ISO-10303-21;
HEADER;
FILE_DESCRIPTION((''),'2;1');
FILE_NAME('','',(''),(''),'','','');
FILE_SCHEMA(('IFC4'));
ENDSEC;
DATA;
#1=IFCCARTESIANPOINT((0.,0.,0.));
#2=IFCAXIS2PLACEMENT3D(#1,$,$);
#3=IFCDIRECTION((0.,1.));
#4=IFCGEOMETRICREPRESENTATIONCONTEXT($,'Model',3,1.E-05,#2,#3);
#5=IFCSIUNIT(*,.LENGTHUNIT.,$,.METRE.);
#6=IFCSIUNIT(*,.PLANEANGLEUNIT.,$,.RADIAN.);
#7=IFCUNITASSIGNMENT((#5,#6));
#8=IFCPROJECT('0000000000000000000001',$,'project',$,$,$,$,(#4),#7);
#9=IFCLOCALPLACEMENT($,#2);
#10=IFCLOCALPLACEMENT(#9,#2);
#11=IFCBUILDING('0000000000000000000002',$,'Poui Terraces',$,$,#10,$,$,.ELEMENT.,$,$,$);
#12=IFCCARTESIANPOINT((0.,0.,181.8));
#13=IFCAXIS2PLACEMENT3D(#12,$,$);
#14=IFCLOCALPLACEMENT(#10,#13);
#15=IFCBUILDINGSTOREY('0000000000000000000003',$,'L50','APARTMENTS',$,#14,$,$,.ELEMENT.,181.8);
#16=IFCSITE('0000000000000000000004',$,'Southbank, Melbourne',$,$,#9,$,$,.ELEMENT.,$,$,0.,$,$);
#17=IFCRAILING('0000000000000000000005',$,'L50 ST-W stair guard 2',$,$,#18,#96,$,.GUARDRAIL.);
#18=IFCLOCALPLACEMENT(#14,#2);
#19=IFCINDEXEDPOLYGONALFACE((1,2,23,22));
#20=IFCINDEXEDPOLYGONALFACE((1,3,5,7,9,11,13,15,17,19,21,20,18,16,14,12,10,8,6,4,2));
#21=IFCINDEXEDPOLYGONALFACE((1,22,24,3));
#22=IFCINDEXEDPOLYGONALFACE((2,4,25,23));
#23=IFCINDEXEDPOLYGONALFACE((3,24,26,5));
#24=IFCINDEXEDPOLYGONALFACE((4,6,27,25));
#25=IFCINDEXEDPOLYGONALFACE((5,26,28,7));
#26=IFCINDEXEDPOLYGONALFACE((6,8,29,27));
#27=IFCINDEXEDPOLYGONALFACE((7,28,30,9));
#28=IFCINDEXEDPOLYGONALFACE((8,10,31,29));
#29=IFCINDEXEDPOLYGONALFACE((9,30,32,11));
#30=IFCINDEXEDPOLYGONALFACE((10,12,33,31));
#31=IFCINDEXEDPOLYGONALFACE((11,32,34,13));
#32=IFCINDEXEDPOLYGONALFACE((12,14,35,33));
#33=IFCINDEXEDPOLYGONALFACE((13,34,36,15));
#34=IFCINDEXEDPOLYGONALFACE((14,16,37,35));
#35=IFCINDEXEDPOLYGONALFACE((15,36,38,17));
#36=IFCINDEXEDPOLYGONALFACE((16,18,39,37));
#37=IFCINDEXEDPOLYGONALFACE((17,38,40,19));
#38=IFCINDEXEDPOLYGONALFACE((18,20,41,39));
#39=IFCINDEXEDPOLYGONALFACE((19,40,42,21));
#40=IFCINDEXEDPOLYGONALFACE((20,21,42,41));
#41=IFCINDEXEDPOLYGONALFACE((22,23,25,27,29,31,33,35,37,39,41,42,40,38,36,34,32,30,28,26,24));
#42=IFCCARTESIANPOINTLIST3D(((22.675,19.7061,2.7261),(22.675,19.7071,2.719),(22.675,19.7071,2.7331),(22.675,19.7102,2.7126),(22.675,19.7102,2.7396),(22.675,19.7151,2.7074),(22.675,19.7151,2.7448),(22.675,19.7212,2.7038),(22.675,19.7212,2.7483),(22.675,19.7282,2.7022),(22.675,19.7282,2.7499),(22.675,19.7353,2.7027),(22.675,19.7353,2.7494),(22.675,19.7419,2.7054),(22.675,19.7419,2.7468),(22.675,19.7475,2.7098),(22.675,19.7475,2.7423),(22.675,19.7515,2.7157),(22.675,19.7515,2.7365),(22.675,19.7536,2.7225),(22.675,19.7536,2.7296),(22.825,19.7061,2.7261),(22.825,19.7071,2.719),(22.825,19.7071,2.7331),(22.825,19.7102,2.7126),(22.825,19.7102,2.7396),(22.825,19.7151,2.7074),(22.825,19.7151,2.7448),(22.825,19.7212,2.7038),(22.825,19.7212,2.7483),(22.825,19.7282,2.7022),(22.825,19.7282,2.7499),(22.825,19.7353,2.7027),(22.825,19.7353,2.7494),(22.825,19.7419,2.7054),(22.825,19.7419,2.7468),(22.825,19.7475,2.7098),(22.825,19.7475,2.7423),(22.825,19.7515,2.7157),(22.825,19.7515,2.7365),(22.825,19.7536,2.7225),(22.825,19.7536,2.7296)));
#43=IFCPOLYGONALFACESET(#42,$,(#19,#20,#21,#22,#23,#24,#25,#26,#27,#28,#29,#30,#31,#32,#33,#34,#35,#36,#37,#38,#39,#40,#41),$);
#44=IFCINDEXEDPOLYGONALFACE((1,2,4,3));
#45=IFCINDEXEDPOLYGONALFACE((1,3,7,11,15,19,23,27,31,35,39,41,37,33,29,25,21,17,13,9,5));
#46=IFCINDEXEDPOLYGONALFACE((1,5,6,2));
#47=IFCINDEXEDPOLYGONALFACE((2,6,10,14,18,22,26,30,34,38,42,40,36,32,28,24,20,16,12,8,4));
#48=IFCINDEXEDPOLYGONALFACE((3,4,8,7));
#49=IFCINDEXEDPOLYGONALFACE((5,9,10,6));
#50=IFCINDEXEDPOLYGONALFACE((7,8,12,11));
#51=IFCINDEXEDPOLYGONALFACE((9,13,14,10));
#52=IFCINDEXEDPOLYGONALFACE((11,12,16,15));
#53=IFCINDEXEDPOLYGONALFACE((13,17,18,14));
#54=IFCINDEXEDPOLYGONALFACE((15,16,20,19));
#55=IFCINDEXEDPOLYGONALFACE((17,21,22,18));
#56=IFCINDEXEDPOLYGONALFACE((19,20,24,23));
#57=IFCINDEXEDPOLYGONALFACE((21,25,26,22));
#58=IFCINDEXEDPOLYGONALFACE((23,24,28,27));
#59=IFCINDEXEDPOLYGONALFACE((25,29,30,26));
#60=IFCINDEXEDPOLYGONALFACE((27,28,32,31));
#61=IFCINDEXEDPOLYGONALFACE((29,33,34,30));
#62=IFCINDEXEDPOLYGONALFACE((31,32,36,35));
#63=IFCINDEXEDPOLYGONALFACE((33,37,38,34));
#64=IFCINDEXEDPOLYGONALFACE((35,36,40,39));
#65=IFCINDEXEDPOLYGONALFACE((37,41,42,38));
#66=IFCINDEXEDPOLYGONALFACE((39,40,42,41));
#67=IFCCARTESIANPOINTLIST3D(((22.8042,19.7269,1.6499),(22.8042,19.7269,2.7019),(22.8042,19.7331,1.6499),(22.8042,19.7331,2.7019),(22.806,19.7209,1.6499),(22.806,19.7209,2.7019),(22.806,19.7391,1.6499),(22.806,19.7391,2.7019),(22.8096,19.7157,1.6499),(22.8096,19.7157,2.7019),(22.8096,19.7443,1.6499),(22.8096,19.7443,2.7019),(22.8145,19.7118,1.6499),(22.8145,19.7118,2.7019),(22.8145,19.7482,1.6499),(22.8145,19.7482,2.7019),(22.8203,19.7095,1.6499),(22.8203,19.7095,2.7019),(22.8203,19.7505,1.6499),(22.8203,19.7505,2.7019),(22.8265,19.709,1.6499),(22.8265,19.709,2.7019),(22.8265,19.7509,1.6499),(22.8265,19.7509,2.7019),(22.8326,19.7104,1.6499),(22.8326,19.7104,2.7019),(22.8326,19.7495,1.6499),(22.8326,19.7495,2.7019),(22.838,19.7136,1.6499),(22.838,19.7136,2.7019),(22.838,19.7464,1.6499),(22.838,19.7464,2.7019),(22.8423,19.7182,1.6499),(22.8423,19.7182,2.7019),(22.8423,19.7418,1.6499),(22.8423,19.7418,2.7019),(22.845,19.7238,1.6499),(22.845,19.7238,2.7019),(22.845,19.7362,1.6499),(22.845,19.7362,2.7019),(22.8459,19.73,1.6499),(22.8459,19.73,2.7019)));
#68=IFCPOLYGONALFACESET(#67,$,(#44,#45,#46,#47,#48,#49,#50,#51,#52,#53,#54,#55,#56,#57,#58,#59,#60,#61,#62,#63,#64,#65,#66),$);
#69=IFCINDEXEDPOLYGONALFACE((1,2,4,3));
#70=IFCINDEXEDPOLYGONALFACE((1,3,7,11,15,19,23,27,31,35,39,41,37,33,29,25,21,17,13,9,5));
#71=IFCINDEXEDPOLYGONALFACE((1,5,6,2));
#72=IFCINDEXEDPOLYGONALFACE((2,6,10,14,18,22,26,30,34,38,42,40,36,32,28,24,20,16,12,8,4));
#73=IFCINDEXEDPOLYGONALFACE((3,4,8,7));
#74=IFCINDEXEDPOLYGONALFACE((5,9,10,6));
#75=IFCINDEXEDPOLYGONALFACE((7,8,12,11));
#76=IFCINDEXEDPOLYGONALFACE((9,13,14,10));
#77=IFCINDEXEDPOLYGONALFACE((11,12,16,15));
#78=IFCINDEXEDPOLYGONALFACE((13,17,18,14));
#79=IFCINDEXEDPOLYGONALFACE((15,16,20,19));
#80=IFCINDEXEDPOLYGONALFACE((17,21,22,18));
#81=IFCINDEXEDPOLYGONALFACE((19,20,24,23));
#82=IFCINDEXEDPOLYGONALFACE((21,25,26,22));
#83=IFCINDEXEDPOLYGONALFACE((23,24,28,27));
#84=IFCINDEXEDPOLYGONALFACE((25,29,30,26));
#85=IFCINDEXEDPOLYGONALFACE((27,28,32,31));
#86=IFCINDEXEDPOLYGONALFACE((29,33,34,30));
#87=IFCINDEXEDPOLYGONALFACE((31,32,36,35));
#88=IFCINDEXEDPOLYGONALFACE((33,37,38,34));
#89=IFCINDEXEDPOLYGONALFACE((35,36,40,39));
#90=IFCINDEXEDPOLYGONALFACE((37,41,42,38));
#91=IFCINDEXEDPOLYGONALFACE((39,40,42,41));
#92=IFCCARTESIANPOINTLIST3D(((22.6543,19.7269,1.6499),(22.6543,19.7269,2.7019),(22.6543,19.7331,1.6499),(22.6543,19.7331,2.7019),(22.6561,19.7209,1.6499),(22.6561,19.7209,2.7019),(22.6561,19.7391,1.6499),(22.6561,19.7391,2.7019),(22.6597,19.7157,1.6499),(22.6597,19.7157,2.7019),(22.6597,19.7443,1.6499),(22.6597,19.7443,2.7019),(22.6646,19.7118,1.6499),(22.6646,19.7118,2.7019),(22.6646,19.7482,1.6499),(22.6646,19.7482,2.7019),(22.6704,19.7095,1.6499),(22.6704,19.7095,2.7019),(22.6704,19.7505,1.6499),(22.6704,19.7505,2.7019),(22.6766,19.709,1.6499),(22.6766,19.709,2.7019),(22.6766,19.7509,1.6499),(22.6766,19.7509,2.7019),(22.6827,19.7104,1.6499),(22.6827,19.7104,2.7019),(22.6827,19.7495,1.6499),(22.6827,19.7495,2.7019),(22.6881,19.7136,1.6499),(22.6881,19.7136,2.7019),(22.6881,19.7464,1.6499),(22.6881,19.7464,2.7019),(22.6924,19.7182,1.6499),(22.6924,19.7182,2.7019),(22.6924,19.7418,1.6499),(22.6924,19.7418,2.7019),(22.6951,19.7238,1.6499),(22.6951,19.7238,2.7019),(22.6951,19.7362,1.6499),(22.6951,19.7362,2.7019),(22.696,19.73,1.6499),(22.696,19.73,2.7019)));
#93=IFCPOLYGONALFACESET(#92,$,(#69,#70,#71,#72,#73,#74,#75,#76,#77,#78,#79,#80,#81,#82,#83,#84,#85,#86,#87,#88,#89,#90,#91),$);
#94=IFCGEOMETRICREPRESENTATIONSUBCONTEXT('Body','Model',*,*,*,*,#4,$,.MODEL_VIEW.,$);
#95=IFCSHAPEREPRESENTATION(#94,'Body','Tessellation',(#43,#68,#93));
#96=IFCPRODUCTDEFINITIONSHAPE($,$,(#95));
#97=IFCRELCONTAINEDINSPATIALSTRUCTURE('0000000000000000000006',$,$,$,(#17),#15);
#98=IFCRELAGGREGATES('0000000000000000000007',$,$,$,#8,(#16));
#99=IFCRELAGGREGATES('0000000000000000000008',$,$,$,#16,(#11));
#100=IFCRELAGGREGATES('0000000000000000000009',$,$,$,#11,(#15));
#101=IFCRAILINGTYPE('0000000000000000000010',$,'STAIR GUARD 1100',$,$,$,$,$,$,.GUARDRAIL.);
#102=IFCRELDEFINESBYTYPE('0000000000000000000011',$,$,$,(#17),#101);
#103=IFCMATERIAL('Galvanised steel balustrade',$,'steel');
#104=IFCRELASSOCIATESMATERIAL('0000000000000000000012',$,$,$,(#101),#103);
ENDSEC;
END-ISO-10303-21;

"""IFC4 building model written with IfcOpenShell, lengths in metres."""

from ifc_helpers import new_model, si_unit, direction, frame, origin, origin_2d, place, context, subcontext, project, spatial, circle, extrude, material, type_object, element, save


model = new_model("IFC4")

# Units and contexts
model_context = context("Model", 3, precision=1e-05, world=origin(), true_north=direction((0.0, 1.0)))
body_context = subcontext(model_context, "Body", "Model", "MODEL_VIEW")
ifc_project = project(units=[si_unit("LENGTHUNIT", "METRE"), si_unit("PLANEANGLEUNIT", "RADIAN")], contexts=[model_context])

# Site, building, storey
site_placement = place(None, origin())
site = spatial("IfcSite", under=ifc_project, at=site_placement, Name="Southbank, Melbourne", CompositionType="ELEMENT", RefElevation=0.0)
building_placement = place(site_placement, origin())
building = spatial("IfcBuilding", under=site, at=building_placement, Name="Poui Terraces", CompositionType="ELEMENT")
storey_placement = place(building_placement, frame((0.0, 0.0, 181.8)))
storey = spatial("IfcBuildingStorey", under=building, at=storey_placement, Name="L50", Description="APARTMENTS", CompositionType="ELEMENT", Elevation=181.8)

# Railing
ifc_material_1 = material(Name="Galvanised steel balustrade", Category="steel")
railing_type_1 = type_object("IfcRailingType", Name="STAIR GUARD 1100", PredefinedType="GUARDRAIL", material=ifc_material_1)
railing_1_placement = place(storey_placement, frame((22.825, 19.73, 1.6499)))
element("IfcRailing", 1, at=railing_1_placement, inside=storey, type_object=railing_type_1, Name="L50 ST-W stair guard 2", PredefinedType="GUARDRAIL", context=body_context, shape_type="SweptSolid", body=[
    extrude(circle(Radius=0.0239, at=origin_2d()), frame((0.0, 0.0, 1.0762), z_axis=(-1.0, 0.0, 0.0), x_axis=(0.0, -1.0, 0.0)), (0.0, 0.0, 1.0), 0.1499),
    extrude(circle(Radius=0.021, at=origin_2d()), origin(), (0.0, 0.0, 1.0), 1.052),
    extrude(circle(Radius=0.021, at=origin_2d()), frame((-0.1499, 0.0, 0.0)), (0.0, 0.0, 1.0), 1.052),
])

save(model, "model.ifc")
